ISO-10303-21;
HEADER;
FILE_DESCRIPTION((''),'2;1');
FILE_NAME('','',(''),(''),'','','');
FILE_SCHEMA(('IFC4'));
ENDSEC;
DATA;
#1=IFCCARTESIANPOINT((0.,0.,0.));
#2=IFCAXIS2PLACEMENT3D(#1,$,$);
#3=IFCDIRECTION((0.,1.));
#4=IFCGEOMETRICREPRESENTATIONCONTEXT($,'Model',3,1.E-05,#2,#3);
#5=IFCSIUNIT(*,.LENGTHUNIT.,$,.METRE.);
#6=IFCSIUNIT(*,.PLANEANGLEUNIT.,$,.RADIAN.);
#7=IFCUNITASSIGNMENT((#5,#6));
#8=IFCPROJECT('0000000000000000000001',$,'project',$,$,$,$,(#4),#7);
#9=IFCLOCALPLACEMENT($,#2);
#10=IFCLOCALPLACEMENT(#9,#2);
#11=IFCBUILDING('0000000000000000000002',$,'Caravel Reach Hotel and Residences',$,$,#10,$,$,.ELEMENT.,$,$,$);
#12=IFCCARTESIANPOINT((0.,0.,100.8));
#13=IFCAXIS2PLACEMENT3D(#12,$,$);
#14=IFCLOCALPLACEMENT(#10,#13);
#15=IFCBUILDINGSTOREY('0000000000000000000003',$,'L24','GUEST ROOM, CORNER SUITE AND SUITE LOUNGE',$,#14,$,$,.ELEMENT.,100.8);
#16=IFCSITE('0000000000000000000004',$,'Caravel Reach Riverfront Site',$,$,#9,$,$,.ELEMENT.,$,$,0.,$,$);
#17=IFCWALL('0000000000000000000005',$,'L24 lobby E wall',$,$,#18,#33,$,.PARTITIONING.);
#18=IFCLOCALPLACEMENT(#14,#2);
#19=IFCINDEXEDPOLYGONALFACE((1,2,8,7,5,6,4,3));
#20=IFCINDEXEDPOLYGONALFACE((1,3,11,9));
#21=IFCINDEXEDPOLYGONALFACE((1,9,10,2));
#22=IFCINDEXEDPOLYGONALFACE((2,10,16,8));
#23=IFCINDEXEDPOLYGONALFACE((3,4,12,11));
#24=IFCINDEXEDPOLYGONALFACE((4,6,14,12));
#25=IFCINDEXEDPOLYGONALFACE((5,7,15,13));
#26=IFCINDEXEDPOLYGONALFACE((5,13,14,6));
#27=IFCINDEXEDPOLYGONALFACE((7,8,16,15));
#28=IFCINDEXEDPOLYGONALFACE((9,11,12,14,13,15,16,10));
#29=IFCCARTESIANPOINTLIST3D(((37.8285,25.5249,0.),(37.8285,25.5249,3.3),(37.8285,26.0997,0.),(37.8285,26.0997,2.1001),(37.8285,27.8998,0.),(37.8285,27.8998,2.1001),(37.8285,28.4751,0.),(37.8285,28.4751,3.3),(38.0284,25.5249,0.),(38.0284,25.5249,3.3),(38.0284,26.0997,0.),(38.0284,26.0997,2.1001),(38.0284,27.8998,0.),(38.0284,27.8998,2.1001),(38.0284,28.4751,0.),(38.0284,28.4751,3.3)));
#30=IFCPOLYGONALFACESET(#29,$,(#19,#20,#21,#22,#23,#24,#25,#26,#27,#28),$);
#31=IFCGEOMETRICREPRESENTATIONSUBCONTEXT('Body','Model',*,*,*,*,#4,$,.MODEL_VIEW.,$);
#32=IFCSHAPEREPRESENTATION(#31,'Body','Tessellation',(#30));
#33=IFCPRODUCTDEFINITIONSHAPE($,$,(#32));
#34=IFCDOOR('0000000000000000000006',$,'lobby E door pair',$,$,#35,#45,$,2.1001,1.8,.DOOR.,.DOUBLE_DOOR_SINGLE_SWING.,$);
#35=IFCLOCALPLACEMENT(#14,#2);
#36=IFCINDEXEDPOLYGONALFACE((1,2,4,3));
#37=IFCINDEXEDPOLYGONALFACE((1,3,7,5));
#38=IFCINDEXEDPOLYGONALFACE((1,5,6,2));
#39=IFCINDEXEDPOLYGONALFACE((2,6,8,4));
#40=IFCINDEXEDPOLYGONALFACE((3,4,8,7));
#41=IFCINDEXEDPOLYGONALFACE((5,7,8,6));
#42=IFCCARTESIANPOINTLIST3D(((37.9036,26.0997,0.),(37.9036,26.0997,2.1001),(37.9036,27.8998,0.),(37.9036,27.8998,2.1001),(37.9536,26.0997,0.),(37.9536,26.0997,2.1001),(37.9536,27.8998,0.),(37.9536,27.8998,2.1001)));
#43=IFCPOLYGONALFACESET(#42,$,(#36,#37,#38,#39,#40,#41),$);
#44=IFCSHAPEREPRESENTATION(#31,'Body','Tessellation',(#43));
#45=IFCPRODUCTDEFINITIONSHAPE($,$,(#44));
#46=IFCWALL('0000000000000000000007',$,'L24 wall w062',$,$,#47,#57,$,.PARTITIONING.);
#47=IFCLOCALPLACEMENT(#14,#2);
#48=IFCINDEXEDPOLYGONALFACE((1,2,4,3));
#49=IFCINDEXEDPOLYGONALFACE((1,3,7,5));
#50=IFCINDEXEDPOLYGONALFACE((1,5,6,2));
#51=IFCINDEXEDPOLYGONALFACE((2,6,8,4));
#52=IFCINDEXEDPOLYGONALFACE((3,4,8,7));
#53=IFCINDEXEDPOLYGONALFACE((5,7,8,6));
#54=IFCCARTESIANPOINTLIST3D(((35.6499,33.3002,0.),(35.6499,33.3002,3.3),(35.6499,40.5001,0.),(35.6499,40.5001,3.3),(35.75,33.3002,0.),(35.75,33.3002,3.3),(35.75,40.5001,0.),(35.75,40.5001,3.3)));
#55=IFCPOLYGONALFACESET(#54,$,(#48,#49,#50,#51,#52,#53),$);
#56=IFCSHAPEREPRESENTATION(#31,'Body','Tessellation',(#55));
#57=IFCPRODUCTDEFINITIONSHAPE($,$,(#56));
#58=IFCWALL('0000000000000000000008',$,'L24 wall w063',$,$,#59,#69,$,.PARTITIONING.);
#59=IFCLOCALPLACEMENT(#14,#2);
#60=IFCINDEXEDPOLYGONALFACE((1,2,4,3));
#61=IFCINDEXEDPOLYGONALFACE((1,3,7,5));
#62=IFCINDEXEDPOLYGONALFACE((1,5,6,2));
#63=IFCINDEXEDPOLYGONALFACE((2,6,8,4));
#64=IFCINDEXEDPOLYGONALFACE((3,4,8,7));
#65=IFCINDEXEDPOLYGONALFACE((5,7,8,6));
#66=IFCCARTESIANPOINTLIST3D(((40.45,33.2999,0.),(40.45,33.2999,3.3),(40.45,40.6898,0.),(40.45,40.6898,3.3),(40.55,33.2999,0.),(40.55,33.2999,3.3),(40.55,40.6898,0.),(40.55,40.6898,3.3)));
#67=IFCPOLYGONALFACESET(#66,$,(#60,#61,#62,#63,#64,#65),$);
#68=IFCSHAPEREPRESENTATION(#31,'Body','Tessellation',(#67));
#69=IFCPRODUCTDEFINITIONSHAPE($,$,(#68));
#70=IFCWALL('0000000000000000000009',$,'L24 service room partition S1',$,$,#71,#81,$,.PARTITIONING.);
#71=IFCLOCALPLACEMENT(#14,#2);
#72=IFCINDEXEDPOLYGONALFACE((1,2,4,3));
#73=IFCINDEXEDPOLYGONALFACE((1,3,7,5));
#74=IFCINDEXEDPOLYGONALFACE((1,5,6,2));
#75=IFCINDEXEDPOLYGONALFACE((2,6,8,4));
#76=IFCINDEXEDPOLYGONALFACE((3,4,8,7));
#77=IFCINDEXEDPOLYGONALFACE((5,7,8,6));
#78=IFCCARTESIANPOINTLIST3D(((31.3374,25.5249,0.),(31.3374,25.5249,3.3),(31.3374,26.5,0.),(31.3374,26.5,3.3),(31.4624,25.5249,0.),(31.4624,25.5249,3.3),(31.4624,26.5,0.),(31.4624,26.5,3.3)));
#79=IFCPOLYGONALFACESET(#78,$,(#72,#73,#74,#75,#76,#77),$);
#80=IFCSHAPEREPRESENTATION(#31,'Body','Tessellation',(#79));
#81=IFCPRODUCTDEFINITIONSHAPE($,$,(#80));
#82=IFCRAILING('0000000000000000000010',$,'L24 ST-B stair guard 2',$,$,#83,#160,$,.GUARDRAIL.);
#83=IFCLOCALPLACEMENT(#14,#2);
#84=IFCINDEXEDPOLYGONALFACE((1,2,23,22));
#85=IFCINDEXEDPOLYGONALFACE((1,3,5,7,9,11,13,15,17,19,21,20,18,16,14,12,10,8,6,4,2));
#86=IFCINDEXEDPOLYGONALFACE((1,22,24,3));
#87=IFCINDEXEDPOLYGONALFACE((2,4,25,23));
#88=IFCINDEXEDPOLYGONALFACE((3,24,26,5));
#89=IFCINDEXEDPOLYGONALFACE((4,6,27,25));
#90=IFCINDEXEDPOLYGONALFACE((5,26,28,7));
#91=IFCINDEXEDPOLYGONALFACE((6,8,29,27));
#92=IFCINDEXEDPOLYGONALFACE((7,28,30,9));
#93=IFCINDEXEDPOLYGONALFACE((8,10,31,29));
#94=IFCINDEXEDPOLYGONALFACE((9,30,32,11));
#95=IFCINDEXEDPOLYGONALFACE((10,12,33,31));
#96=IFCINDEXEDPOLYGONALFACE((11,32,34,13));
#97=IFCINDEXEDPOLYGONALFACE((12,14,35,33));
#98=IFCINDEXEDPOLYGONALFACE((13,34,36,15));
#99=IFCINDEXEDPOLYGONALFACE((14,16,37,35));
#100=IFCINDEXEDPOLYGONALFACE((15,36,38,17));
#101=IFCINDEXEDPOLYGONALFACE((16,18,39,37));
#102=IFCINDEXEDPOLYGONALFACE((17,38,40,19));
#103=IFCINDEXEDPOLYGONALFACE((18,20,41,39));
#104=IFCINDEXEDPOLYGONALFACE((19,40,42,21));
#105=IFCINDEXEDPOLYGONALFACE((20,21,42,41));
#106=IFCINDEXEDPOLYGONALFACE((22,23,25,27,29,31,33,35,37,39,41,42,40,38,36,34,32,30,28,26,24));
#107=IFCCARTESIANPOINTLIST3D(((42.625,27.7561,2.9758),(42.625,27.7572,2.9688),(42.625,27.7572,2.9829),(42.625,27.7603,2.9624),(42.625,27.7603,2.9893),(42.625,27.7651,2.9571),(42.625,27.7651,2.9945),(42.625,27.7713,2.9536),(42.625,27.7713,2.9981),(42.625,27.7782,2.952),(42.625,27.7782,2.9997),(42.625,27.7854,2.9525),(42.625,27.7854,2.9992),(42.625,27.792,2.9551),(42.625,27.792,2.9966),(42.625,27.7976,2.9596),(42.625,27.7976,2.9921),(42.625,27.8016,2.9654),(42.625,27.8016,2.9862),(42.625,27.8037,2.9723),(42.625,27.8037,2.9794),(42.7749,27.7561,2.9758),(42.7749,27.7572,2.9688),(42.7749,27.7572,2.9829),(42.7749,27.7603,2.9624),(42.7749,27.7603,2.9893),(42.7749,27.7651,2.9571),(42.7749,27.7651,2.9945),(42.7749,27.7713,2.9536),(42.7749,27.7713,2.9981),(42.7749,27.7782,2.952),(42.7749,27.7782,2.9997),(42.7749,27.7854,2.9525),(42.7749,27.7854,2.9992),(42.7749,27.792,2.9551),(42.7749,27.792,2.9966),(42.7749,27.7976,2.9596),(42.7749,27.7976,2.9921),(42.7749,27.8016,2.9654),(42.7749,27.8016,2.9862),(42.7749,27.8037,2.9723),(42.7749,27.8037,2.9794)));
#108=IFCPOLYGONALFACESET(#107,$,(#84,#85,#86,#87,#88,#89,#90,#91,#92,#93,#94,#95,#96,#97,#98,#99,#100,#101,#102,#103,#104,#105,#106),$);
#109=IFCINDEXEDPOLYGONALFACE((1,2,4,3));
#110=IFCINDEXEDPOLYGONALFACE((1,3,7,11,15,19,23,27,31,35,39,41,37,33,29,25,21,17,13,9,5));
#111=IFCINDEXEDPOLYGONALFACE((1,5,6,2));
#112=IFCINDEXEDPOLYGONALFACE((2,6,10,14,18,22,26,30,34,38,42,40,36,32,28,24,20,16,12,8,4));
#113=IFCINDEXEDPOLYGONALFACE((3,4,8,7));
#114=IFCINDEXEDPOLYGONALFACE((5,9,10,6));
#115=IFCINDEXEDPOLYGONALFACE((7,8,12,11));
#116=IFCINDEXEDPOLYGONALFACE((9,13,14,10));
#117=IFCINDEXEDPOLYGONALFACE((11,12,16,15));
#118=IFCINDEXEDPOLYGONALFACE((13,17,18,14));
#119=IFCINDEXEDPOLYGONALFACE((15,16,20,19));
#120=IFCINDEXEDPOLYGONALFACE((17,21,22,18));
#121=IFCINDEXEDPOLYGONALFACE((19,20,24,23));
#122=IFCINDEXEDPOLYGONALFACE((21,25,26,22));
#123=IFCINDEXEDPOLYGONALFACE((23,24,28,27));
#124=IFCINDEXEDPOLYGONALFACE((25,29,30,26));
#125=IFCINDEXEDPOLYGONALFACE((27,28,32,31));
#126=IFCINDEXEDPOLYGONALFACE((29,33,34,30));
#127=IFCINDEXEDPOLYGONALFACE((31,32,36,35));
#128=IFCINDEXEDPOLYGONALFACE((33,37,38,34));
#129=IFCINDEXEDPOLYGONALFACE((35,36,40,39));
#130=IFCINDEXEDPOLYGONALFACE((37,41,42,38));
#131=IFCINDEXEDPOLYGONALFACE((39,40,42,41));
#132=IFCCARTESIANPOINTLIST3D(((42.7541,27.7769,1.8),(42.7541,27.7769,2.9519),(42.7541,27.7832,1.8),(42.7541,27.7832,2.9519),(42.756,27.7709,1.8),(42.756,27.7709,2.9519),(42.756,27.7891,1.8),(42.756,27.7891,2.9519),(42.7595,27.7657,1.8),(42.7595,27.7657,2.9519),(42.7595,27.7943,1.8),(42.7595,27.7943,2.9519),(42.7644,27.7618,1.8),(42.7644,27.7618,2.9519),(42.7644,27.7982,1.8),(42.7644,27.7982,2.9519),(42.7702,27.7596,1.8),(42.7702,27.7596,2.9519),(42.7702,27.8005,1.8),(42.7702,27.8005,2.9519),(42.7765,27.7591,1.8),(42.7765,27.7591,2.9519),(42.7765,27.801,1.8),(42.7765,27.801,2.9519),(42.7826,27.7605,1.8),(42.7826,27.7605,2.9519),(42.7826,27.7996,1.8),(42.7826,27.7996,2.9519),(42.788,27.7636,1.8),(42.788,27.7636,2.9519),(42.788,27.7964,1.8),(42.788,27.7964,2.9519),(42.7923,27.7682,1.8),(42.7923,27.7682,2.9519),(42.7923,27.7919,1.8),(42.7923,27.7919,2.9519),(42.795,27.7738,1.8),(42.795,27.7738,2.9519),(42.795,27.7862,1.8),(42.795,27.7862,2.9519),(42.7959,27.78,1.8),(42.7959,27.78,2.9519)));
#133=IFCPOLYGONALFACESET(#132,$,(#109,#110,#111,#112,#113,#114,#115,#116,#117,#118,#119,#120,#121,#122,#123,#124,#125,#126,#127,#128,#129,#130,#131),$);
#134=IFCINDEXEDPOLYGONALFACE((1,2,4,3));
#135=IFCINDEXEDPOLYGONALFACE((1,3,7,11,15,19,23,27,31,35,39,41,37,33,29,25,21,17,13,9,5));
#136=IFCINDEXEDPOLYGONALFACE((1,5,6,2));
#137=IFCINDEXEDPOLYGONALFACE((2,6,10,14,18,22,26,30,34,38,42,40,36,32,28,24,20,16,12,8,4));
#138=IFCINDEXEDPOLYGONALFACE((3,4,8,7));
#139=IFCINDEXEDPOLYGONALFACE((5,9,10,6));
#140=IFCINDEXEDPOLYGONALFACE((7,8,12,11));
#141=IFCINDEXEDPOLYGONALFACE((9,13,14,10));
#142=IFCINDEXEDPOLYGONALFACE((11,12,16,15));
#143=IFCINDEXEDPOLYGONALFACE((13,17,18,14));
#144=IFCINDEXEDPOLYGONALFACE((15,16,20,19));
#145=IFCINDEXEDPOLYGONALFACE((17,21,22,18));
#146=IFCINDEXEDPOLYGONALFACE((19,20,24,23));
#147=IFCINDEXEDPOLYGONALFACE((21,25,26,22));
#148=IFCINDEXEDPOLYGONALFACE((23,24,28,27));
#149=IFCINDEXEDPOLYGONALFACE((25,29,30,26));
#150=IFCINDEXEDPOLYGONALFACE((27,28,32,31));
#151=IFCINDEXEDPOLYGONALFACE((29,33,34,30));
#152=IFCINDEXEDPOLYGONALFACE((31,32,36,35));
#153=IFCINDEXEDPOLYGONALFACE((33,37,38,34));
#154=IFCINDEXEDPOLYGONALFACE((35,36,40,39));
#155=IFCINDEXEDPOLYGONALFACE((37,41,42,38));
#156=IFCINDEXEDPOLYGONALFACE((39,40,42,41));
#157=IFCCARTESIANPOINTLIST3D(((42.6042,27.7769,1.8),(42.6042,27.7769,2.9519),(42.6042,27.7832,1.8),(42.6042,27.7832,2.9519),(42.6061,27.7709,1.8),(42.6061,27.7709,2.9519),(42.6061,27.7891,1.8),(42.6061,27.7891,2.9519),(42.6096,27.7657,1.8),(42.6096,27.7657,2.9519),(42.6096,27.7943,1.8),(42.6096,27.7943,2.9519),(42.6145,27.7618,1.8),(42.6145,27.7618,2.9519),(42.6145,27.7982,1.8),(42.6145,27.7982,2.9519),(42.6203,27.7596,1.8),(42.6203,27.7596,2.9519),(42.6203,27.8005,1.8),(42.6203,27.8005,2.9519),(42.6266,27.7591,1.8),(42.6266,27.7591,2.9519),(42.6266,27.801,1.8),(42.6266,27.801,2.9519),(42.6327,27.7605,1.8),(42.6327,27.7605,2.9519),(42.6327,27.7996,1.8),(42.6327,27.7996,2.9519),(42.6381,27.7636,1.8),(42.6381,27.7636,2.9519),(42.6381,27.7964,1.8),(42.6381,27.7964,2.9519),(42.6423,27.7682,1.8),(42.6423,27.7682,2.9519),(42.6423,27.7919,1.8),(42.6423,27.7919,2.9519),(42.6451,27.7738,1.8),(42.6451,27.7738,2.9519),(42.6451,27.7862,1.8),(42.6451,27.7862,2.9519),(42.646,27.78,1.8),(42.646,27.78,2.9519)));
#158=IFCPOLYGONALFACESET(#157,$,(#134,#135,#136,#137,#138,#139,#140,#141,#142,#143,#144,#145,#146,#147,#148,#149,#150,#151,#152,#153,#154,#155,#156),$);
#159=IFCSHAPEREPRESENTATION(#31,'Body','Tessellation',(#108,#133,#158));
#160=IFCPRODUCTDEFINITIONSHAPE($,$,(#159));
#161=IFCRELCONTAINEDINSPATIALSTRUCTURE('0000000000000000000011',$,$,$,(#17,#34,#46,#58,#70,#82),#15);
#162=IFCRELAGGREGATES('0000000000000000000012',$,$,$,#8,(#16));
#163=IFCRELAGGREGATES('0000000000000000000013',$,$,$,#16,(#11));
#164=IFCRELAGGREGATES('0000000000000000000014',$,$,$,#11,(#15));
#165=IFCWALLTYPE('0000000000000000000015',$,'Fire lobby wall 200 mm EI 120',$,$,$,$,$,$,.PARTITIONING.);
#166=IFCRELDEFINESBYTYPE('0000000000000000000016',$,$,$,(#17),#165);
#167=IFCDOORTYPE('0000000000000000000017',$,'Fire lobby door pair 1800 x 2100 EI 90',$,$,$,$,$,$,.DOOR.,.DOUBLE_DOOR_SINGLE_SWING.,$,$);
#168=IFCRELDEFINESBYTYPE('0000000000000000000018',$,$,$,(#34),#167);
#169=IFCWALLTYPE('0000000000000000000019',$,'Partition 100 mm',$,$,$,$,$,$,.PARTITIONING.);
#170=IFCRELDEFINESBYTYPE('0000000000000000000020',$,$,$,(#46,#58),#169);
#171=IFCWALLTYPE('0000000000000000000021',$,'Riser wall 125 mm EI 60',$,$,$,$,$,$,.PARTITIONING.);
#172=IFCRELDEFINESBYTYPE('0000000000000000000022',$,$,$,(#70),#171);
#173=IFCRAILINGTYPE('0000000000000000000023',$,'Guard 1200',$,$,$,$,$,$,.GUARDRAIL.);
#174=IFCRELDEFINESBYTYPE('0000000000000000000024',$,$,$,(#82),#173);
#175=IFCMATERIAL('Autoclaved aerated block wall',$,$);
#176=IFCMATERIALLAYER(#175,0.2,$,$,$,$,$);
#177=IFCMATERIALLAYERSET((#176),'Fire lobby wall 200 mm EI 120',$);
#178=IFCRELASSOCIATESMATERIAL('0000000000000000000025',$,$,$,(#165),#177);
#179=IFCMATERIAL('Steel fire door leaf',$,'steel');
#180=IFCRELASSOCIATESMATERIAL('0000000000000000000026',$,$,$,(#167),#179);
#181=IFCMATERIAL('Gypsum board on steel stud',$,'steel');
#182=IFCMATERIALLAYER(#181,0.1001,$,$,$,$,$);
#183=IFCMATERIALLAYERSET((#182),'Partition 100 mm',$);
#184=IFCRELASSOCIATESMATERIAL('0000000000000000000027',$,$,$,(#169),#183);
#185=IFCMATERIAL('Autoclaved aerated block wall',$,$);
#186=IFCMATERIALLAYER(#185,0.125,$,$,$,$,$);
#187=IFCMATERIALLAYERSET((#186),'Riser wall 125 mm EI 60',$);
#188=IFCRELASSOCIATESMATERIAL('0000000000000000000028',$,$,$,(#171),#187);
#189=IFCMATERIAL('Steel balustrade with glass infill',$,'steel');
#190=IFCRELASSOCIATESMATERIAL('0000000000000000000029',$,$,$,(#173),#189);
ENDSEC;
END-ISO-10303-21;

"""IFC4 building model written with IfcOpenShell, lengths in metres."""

from ifc_helpers import new_model, si_unit, direction, frame, frame_2d, origin, origin_2d, place, context, subcontext, project, spatial, rectangle, circle, extrude, material, layer, layer_set, type_object, element, fill, save


model = new_model("IFC4")

# Units and contexts
model_context = context("Model", 3, precision=1e-05, world=origin(), true_north=direction((0.0, 1.0)))
body_context = subcontext(model_context, "Body", "Model", "MODEL_VIEW")
ifc_project = project(units=[si_unit("LENGTHUNIT", "METRE"), si_unit("PLANEANGLEUNIT", "RADIAN")], contexts=[model_context])

# Site, building, storey
site_placement = place(None, origin())
site = spatial("IfcSite", under=ifc_project, at=site_placement, Name="Caravel Reach Riverfront Site", CompositionType="ELEMENT", RefElevation=0.0)
building_placement = place(site_placement, origin())
building = spatial("IfcBuilding", under=site, at=building_placement, Name="Caravel Reach Hotel and Residences", CompositionType="ELEMENT")
storey_placement = place(building_placement, frame((0.0, 0.0, 100.8)))
storey = spatial("IfcBuildingStorey", under=building, at=storey_placement, Name="L24", Description="GUEST ROOM, CORNER SUITE AND SUITE LOUNGE", CompositionType="ELEMENT", Elevation=100.8)

# Wall, opening, door
ifc_material_1 = material(Name="Autoclaved aerated block wall")
ifc_layer_1 = layer(ifc_material_1, 0.2)
ifc_layer_set_1 = layer_set([ifc_layer_1], Name="Fire lobby wall 200 mm EI 120")
wall_type_1 = type_object("IfcWallType", Name="Fire lobby wall 200 mm EI 120", PredefinedType="PARTITIONING", material=ifc_layer_set_1)
wall_1_placement = place(storey_placement, frame((37.9285, 25.5249, 0.0), z_axis=(0.0, 0.0, 1.0), x_axis=(0.0, 1.0, 0.0)))
wall_1 = element("IfcWall", 1, at=wall_1_placement, inside=storey, type_object=wall_type_1, Name="L24 lobby E wall", PredefinedType="PARTITIONING", context=body_context, shape_type="SweptSolid", body=[
    extrude(rectangle(XDim=2.9502, YDim=0.2, at=frame_2d((1.4751, 0.0))), origin(), (0.0, 0.0, 1.0), 3.3),
])
opening_1_placement = place(wall_1_placement, frame((0.575, 0.0, 0.0)))
opening_1 = element("IfcOpeningElement", 2, at=opening_1_placement, cuts=wall_1, PredefinedType="OPENING", context=body_context, shape_type="SweptSolid", body=[
    extrude(rectangle(XDim=1.8, YDim=2.1001, at=frame_2d((0.8999, 1.05))), frame((0.0, 0.1099, 0.0), z_axis=(0.0, -1.0, 0.0), x_axis=(1.0, 0.0, 0.0)), (0.0, 0.0, 1.0), 0.22),
])
ifc_material_2 = material(Name="Steel fire door leaf", Category="steel")
door_type_1 = type_object("IfcDoorType", Name="Fire lobby door pair 1800 x 2100 EI 90", OperationType="DOUBLE_DOOR_SINGLE_SWING", PredefinedType="DOOR", material=ifc_material_2)
door_1_placement = place(opening_1_placement, origin())
door_1 = element("IfcDoor", 3, at=door_1_placement, inside=storey, type_object=door_type_1, Name="lobby E door pair", OperationType="DOUBLE_DOOR_SINGLE_SWING", OverallHeight=2.1001, OverallWidth=1.8, PredefinedType="DOOR", context=body_context, shape_type="SweptSolid", body=[
    extrude(rectangle(XDim=1.8, YDim=2.1001, at=frame_2d((0.8999, 1.05))), frame((0.0, 0.0249, 0.0), z_axis=(0.0, -1.0, 0.0), x_axis=(1.0, 0.0, 0.0)), (0.0, 0.0, 1.0), 0.05),
])
fill(opening_1, door_1)

# Walls
ifc_material_3 = material(Name="Gypsum board on steel stud", Category="steel")
ifc_layer_2 = layer(ifc_material_3, 0.1001)
ifc_layer_set_2 = layer_set([ifc_layer_2], Name="Partition 100 mm")
wall_type_2 = type_object("IfcWallType", Name="Partition 100 mm", PredefinedType="PARTITIONING", material=ifc_layer_set_2)
wall_2_placement = place(storey_placement, frame((35.7, 33.3, 0.0), z_axis=(0.0, 0.0, 1.0), x_axis=(0.0, 1.0, 0.0)))
element("IfcWall", 4, at=wall_2_placement, inside=storey, type_object=wall_type_2, Name="L24 wall w062", PredefinedType="PARTITIONING", context=body_context, shape_type="SweptSolid", body=[
    extrude(rectangle(XDim=7.2, YDim=0.1001, at=frame_2d((3.6001, 0.0))), origin(), (0.0, 0.0, 1.0), 3.3),
])
wall_3_placement = place(storey_placement, frame((40.5, 33.3, 0.0), z_axis=(0.0, 0.0, 1.0), x_axis=(0.0, 1.0, 0.0)))
element("IfcWall", 5, at=wall_3_placement, inside=storey, type_object=wall_type_2, Name="L24 wall w063", PredefinedType="PARTITIONING", context=body_context, shape_type="SweptSolid", body=[
    extrude(rectangle(XDim=7.3899, YDim=0.1001, at=frame_2d((3.6948, 0.0))), origin(), (0.0, 0.0, 1.0), 3.3),
])
ifc_material_4 = material(Name="Autoclaved aerated block wall")
ifc_layer_3 = layer(ifc_material_4, 0.125)
ifc_layer_set_3 = layer_set([ifc_layer_3], Name="Riser wall 125 mm EI 60")
wall_type_3 = type_object("IfcWallType", Name="Riser wall 125 mm EI 60", PredefinedType="PARTITIONING", material=ifc_layer_set_3)
wall_4_placement = place(storey_placement, frame((31.3999, 25.5249, 0.0), z_axis=(0.0, 0.0, 1.0), x_axis=(0.0, 1.0, 0.0)))
element("IfcWall", 6, at=wall_4_placement, inside=storey, type_object=wall_type_3, Name="L24 service room partition S1", PredefinedType="PARTITIONING", context=body_context, shape_type="SweptSolid", body=[
    extrude(rectangle(XDim=0.9751, YDim=0.125, at=frame_2d((0.4875, 0.0))), origin(), (0.0, 0.0, 1.0), 3.3),
])

# Railing
ifc_material_5 = material(Name="Steel balustrade with glass infill", Category="steel")
railing_type_1 = type_object("IfcRailingType", Name="Guard 1200", PredefinedType="GUARDRAIL", material=ifc_material_5)
railing_1_placement = place(storey_placement, frame((42.7749, 27.78, 1.8)))
element("IfcRailing", 7, at=railing_1_placement, inside=storey, type_object=railing_type_1, Name="L24 ST-B stair guard 2", PredefinedType="GUARDRAIL", context=body_context, shape_type="SweptSolid", body=[
    extrude(circle(Radius=0.0239, at=origin_2d()), frame((0.0, 0.0, 1.1758), z_axis=(-1.0, 0.0, 0.0), x_axis=(0.0, -1.0, 0.0)), (0.0, 0.0, 1.0), 0.1499),
    extrude(circle(Radius=0.021, at=origin_2d()), origin(), (0.0, 0.0, 1.0), 1.1519),
    extrude(circle(Radius=0.021, at=origin_2d()), frame((-0.1499, 0.0, 0.0)), (0.0, 0.0, 1.0), 1.1519),
])

save(model, "model.ifc")
